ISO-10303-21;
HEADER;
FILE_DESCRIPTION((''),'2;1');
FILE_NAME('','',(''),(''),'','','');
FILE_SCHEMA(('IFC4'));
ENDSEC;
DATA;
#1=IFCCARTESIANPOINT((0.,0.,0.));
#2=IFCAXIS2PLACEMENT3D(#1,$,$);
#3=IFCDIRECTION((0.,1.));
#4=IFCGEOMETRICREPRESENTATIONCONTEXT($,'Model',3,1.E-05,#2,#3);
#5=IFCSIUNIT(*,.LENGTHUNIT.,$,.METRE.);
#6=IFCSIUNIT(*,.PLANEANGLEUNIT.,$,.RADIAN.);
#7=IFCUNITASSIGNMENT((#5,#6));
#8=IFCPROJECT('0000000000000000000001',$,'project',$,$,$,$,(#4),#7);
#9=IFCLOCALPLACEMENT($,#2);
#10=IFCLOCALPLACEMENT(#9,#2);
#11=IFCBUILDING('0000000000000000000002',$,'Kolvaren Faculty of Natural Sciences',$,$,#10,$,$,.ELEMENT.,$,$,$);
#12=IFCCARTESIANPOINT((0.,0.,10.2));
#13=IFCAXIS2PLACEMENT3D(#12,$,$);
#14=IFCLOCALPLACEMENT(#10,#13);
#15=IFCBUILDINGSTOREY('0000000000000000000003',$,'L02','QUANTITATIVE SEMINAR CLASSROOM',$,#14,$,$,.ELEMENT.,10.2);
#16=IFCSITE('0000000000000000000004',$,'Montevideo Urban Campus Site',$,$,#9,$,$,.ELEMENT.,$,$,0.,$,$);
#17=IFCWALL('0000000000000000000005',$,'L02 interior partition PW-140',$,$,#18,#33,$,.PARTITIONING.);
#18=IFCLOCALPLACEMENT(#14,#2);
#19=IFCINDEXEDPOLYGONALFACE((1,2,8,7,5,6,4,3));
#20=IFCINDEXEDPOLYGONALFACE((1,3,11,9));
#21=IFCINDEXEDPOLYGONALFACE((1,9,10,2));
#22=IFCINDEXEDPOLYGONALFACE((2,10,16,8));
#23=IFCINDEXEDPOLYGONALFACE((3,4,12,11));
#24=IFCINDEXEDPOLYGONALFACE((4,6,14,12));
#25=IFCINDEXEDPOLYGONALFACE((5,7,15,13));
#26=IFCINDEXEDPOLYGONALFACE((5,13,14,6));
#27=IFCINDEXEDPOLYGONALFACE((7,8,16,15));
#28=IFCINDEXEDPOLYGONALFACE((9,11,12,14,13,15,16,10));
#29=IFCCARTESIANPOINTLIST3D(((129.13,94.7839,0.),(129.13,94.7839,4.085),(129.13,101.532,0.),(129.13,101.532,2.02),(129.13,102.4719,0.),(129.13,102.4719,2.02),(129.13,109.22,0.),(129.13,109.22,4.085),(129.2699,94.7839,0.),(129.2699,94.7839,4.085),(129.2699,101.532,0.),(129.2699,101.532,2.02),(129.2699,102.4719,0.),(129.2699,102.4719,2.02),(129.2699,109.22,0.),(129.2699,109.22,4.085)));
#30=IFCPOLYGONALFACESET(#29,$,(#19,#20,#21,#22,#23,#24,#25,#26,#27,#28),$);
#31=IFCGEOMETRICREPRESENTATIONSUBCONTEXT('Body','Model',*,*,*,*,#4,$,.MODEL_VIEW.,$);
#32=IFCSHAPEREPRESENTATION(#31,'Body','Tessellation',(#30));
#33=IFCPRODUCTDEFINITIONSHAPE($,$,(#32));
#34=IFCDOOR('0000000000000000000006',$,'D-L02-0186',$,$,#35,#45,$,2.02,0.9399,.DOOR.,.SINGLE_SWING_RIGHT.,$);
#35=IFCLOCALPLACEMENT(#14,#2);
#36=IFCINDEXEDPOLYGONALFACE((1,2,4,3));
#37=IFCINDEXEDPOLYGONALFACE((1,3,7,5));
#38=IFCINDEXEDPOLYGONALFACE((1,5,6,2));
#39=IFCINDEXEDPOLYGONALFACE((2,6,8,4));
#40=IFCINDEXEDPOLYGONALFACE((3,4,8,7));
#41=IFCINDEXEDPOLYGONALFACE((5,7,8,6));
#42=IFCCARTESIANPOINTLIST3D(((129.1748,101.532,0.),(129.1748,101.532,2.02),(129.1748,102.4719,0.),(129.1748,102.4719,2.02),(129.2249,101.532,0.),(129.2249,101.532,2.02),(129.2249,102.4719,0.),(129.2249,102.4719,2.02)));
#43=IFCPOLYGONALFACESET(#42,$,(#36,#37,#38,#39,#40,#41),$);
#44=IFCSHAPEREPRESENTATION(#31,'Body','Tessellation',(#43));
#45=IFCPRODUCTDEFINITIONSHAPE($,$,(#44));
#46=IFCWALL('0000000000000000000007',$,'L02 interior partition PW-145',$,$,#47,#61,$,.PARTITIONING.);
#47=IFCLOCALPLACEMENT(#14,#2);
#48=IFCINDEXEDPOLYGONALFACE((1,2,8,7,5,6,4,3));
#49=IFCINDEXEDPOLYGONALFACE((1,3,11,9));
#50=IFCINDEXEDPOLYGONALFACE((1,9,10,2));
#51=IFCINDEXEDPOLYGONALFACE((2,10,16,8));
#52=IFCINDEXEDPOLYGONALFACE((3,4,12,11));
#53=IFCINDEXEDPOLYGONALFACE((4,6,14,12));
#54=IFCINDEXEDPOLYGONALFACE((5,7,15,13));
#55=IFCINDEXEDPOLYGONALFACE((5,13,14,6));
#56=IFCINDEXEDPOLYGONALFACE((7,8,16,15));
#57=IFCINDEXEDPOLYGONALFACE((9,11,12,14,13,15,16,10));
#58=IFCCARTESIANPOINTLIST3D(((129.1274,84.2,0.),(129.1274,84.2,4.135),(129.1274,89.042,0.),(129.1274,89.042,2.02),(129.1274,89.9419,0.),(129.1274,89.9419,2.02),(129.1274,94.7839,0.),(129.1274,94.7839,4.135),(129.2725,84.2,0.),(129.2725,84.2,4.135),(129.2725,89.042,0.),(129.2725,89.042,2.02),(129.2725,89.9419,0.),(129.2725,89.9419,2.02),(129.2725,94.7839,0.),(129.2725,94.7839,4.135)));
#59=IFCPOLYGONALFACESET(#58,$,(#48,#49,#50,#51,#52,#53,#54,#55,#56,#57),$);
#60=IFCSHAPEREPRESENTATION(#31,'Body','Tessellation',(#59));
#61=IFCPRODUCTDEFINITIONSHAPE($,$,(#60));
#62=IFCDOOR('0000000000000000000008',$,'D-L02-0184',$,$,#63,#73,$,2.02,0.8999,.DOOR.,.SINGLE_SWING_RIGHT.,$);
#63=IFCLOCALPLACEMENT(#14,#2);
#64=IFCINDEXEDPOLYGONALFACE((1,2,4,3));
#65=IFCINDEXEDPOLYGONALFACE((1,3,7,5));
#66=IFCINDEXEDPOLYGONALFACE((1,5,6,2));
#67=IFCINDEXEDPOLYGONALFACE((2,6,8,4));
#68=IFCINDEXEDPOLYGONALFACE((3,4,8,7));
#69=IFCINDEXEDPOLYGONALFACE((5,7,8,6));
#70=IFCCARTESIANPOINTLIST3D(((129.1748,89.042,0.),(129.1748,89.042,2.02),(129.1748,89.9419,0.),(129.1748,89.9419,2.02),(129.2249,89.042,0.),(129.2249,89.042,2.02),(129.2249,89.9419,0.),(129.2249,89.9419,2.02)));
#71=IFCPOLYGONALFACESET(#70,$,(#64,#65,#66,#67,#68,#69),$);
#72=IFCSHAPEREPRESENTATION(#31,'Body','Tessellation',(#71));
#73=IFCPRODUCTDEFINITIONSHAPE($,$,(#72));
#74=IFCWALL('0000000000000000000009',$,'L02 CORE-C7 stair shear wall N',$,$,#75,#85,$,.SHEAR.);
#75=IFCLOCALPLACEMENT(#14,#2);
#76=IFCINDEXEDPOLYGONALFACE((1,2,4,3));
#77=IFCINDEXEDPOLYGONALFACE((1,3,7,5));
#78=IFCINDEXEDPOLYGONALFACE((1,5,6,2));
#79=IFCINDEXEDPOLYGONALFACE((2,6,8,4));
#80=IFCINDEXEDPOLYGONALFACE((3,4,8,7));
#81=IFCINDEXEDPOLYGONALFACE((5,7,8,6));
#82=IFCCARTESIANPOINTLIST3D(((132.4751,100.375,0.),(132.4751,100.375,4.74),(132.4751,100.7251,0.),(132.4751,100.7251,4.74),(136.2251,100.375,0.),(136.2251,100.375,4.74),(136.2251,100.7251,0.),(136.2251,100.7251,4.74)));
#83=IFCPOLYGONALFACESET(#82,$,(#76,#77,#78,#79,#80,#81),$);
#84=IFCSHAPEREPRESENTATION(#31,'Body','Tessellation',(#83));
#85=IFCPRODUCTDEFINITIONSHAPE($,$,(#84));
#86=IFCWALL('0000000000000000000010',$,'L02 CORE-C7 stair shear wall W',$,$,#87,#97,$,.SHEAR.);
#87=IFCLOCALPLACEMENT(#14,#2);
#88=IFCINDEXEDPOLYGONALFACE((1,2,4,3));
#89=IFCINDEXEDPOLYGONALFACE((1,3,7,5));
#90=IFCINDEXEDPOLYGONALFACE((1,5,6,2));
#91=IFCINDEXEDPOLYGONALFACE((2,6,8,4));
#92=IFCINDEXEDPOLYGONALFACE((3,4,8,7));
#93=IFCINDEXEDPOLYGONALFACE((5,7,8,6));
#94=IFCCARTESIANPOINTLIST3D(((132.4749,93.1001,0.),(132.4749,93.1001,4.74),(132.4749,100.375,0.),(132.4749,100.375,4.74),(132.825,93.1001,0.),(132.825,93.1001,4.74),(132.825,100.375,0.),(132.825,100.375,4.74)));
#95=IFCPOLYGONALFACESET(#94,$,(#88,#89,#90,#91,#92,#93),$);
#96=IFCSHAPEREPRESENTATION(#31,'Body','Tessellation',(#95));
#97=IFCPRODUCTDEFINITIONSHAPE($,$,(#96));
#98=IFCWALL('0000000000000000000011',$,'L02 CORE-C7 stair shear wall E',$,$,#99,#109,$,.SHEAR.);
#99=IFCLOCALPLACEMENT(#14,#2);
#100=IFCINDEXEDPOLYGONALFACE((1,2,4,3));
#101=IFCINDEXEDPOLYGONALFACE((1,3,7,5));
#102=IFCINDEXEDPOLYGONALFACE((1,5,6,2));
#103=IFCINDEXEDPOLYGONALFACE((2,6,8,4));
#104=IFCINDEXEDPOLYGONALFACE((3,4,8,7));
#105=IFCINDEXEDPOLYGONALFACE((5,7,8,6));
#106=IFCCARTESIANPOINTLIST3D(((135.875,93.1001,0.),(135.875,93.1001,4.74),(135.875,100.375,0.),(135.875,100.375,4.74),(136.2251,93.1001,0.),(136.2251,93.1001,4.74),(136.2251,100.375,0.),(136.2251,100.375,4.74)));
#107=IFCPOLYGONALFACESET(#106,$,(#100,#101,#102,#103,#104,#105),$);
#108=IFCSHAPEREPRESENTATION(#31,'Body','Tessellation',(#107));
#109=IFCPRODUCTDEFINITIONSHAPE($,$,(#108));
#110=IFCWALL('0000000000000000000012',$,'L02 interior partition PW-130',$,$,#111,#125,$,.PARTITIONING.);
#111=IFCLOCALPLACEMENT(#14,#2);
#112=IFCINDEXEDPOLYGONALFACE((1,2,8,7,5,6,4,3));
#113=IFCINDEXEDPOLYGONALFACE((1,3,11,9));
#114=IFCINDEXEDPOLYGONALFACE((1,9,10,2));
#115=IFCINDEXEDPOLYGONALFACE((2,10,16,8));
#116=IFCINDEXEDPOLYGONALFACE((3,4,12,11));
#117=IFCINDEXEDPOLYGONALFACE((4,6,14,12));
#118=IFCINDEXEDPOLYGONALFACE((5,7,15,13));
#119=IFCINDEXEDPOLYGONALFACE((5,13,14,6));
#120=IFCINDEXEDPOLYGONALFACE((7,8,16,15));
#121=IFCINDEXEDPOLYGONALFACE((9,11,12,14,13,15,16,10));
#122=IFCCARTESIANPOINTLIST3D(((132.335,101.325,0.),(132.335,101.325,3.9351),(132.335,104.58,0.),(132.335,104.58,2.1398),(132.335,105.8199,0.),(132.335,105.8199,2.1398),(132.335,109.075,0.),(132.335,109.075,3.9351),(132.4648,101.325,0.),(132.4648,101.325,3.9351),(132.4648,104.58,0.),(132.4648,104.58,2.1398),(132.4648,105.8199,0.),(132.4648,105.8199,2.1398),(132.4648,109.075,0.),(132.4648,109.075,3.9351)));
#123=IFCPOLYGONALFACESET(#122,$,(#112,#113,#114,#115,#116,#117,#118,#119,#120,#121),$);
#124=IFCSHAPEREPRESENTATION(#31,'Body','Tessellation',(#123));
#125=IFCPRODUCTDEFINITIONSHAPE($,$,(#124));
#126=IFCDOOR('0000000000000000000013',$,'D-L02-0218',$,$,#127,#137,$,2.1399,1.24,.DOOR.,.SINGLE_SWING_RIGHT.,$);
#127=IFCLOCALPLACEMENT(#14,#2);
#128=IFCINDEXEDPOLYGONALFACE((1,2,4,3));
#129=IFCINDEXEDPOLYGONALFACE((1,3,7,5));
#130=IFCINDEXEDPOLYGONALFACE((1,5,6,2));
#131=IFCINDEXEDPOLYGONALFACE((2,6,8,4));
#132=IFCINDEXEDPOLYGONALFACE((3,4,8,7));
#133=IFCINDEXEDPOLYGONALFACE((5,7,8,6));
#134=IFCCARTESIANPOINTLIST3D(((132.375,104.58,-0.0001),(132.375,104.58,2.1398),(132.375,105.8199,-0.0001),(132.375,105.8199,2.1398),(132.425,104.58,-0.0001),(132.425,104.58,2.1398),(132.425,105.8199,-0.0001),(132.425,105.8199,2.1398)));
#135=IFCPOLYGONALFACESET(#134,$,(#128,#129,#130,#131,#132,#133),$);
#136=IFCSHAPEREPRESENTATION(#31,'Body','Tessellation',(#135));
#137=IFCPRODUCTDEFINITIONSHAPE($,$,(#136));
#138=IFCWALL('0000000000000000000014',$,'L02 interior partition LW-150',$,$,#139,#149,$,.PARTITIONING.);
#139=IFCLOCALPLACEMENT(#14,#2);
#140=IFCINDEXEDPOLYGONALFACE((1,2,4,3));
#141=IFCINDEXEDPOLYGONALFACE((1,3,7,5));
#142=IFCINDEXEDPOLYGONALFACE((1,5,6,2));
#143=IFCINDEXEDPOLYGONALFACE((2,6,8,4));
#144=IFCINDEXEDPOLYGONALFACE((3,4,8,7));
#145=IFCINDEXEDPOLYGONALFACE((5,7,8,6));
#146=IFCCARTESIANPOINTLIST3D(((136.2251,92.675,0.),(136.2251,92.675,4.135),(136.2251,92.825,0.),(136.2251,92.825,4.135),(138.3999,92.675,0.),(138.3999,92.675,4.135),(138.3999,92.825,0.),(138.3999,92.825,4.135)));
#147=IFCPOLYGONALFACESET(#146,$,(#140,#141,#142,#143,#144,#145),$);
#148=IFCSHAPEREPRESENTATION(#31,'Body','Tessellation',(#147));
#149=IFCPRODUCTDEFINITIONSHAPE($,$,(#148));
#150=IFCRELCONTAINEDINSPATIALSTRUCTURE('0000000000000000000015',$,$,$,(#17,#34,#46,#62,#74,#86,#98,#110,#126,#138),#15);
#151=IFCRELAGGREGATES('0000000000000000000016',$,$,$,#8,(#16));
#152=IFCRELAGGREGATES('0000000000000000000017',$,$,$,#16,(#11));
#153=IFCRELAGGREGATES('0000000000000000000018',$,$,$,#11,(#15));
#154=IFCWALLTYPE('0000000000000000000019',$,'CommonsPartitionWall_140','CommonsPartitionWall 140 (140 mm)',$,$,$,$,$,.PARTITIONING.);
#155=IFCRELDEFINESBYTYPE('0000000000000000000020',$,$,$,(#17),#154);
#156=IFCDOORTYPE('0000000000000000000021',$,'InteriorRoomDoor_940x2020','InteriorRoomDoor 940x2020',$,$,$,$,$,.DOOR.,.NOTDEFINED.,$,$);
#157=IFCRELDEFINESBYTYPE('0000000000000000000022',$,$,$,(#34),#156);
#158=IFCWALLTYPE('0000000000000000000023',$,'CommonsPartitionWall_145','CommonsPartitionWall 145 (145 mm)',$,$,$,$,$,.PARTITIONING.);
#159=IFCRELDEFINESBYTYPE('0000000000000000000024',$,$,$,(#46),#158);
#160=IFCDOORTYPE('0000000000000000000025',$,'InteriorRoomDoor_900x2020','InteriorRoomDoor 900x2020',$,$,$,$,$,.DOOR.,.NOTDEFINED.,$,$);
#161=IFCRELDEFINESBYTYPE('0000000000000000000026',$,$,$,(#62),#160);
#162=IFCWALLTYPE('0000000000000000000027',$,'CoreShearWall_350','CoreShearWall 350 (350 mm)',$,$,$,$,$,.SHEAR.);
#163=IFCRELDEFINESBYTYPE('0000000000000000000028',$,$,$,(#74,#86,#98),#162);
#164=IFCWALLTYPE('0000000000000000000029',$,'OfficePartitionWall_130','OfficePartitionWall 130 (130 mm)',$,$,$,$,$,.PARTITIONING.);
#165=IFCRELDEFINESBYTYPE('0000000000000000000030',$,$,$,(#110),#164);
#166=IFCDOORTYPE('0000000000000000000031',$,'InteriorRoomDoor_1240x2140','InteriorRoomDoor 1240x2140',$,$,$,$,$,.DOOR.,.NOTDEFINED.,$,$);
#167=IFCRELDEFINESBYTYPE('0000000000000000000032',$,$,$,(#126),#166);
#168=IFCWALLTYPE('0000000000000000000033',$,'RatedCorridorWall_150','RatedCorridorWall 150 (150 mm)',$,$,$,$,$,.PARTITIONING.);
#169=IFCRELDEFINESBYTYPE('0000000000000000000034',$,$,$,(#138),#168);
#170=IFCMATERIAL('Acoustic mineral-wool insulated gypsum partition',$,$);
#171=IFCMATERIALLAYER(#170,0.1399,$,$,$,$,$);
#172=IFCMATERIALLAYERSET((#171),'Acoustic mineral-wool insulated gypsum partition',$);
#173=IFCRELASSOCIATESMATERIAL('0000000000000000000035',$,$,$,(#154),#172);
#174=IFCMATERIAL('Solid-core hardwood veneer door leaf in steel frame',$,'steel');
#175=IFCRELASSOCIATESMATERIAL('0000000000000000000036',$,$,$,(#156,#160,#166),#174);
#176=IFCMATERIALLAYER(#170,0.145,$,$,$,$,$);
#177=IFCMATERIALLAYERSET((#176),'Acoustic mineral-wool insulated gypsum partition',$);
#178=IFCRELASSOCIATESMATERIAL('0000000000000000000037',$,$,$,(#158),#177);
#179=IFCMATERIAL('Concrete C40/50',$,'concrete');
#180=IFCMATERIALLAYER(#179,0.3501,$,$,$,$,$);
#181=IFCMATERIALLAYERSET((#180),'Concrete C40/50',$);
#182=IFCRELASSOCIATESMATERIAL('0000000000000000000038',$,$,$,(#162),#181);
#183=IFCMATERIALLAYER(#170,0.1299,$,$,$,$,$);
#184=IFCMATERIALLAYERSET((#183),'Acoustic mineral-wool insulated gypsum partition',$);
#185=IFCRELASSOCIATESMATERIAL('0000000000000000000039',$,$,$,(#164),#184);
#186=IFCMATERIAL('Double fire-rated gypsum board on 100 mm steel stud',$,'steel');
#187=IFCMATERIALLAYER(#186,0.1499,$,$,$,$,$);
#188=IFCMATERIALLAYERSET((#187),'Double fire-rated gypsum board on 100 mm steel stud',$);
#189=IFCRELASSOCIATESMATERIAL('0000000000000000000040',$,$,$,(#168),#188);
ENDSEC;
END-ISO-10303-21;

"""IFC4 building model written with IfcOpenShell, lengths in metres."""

from ifc_helpers import new_model, si_unit, direction, frame, frame_2d, origin, place, context, subcontext, project, spatial, rectangle, extrude, material, layer, layer_set, type_object, element, fill, save


model = new_model("IFC4")

# Units and contexts
model_context = context("Model", 3, precision=1e-05, world=origin(), true_north=direction((0.0, 1.0)))
body_context = subcontext(model_context, "Body", "Model", "MODEL_VIEW")
ifc_project = project(units=[si_unit("LENGTHUNIT", "METRE"), si_unit("PLANEANGLEUNIT", "RADIAN")], contexts=[model_context])

# Site, building, storey
site_placement = place(None, origin())
site = spatial("IfcSite", under=ifc_project, at=site_placement, Name="Montevideo Urban Campus Site", CompositionType="ELEMENT", RefElevation=0.0)
building_placement = place(site_placement, origin())
building = spatial("IfcBuilding", under=site, at=building_placement, Name="Kolvaren Faculty of Natural Sciences", CompositionType="ELEMENT")
storey_placement = place(building_placement, frame((0.0, 0.0, 10.2)))
storey = spatial("IfcBuildingStorey", under=building, at=storey_placement, Name="L02", Description="QUANTITATIVE SEMINAR CLASSROOM", CompositionType="ELEMENT", Elevation=10.2)

# Walls, openings, doors
ifc_material_1 = material(Name="Acoustic mineral-wool insulated gypsum partition")
ifc_layer_1 = layer(ifc_material_1, 0.1399)
ifc_layer_set_1 = layer_set([ifc_layer_1], Name="Acoustic mineral-wool insulated gypsum partition")
wall_type_1 = type_object("IfcWallType", Name="CommonsPartitionWall_140", Description="CommonsPartitionWall 140 (140 mm)", PredefinedType="PARTITIONING", material=ifc_layer_set_1)
wall_1_placement = place(storey_placement, frame((129.2, 109.22, 0.0), z_axis=(0.0, 0.0, 1.0), x_axis=(0.0, -1.0, 0.0)))
wall_1 = element("IfcWall", 1, at=wall_1_placement, inside=storey, type_object=wall_type_1, Name="L02 interior partition PW-140", PredefinedType="PARTITIONING", context=body_context, shape_type="SweptSolid", body=[
    extrude(rectangle(XDim=14.436, YDim=0.1399, at=frame_2d((7.218, 0.0))), origin(), (0.0, 0.0, 1.0), 4.085),
])
opening_1_placement = place(wall_1_placement, frame((6.748, 0.0, 0.0)))
opening_1 = element("IfcOpeningElement", 2, at=opening_1_placement, cuts=wall_1, PredefinedType="OPENING", context=body_context, shape_type="SweptSolid", body=[
    extrude(rectangle(XDim=0.9399, YDim=2.02, at=frame_2d((0.47, 1.01))), frame((0.0, 0.0798, 0.0), z_axis=(0.0, -1.0, 0.0), x_axis=(1.0, 0.0, 0.0)), (0.0, 0.0, 1.0), 0.1599),
])
ifc_material_2 = material(Name="Solid-core hardwood veneer door leaf in steel frame", Category="steel")
door_type_1 = type_object("IfcDoorType", Name="InteriorRoomDoor_940x2020", Description="InteriorRoomDoor 940x2020", OperationType="NOTDEFINED", PredefinedType="DOOR", material=ifc_material_2)
door_1_placement = place(opening_1_placement, origin())
door_1 = element("IfcDoor", 3, at=door_1_placement, inside=storey, type_object=door_type_1, Name="D-L02-0186", OperationType="SINGLE_SWING_RIGHT", OverallHeight=2.02, OverallWidth=0.9399, PredefinedType="DOOR", context=body_context, shape_type="SweptSolid", body=[
    extrude(rectangle(XDim=0.9399, YDim=2.02, at=frame_2d((0.47, 1.01))), frame((0.0, 0.0249, 0.0), z_axis=(0.0, -1.0, 0.0), x_axis=(1.0, 0.0, 0.0)), (0.0, 0.0, 1.0), 0.05),
])
fill(opening_1, door_1)
ifc_layer_2 = layer(ifc_material_1, 0.145)
ifc_layer_set_2 = layer_set([ifc_layer_2], Name="Acoustic mineral-wool insulated gypsum partition")
wall_type_2 = type_object("IfcWallType", Name="CommonsPartitionWall_145", Description="CommonsPartitionWall 145 (145 mm)", PredefinedType="PARTITIONING", material=ifc_layer_set_2)
wall_2_placement = place(storey_placement, frame((129.2, 94.7839, 0.0), z_axis=(0.0, 0.0, 1.0), x_axis=(0.0, -1.0, 0.0)))
wall_2 = element("IfcWall", 4, at=wall_2_placement, inside=storey, type_object=wall_type_2, Name="L02 interior partition PW-145", PredefinedType="PARTITIONING", context=body_context, shape_type="SweptSolid", body=[
    extrude(rectangle(XDim=10.584, YDim=0.145, at=frame_2d((5.292, 0.0))), origin(), (0.0, 0.0, 1.0), 4.135),
])
opening_2_placement = place(wall_2_placement, frame((4.842, 0.0, 0.0)))
opening_2 = element("IfcOpeningElement", 5, at=opening_2_placement, cuts=wall_2, PredefinedType="OPENING", context=body_context, shape_type="SweptSolid", body=[
    extrude(rectangle(XDim=0.8999, YDim=2.02, at=frame_2d((0.45, 1.01))), frame((0.0, 0.0825, 0.0), z_axis=(0.0, -1.0, 0.0), x_axis=(1.0, 0.0, 0.0)), (0.0, 0.0, 1.0), 0.165),
])
door_type_2 = type_object("IfcDoorType", Name="InteriorRoomDoor_900x2020", Description="InteriorRoomDoor 900x2020", OperationType="NOTDEFINED", PredefinedType="DOOR", material=ifc_material_2)
door_2_placement = place(opening_2_placement, origin())
door_2 = element("IfcDoor", 6, at=door_2_placement, inside=storey, type_object=door_type_2, Name="D-L02-0184", OperationType="SINGLE_SWING_RIGHT", OverallHeight=2.02, OverallWidth=0.8999, PredefinedType="DOOR", context=body_context, shape_type="SweptSolid", body=[
    extrude(rectangle(XDim=0.8999, YDim=2.02, at=frame_2d((0.45, 1.01))), frame((0.0, 0.0249, 0.0), z_axis=(0.0, -1.0, 0.0), x_axis=(1.0, 0.0, 0.0)), (0.0, 0.0, 1.0), 0.05),
])
fill(opening_2, door_2)
ifc_material_3 = material(Name="Concrete C40/50", Category="concrete")
ifc_layer_3 = layer(ifc_material_3, 0.3501)
ifc_layer_set_3 = layer_set([ifc_layer_3], Name="Concrete C40/50")
wall_type_3 = type_object("IfcWallType", Name="CoreShearWall_350", Description="CoreShearWall 350 (350 mm)", PredefinedType="SHEAR", material=ifc_layer_set_3)

# Walls
wall_3_placement = place(storey_placement, frame((132.4751, 100.55, 0.0), z_axis=(0.0, 0.0, 1.0), x_axis=(1.0, 0.0, 0.0)))
element("IfcWall", 7, at=wall_3_placement, inside=storey, type_object=wall_type_3, Name="L02 CORE-C7 stair shear wall N", PredefinedType="SHEAR", context=body_context, shape_type="SweptSolid", body=[
    extrude(rectangle(XDim=3.75, YDim=0.3501, at=frame_2d((1.875, 0.0))), origin(), (0.0, 0.0, 1.0), 4.74),
])
for number, where, z_axis, x_axis, name in (
    (8, (132.6499, 93.1001, 0.0), (0.0, 0.0, 1.0), (0.0, 1.0, 0.0), "L02 CORE-C7 stair shear wall W"),
    (9, (136.05, 93.1001, 0.0), (0.0, 0.0, 1.0), (0.0, 1.0, 0.0), "L02 CORE-C7 stair shear wall E"),
):
    element("IfcWall", number, at=place(storey_placement, frame(where, z_axis=z_axis, x_axis=x_axis)), inside=storey, type_object=wall_type_3, Name=name, PredefinedType="SHEAR", context=body_context, shape_type="SweptSolid", body=[
        extrude(rectangle(XDim=7.2749, YDim=0.3501, at=frame_2d((3.6375, 0.0))), origin(), (0.0, 0.0, 1.0), 4.74),
    ])

# Wall, opening, door
ifc_layer_4 = layer(ifc_material_1, 0.1299)
ifc_layer_set_4 = layer_set([ifc_layer_4], Name="Acoustic mineral-wool insulated gypsum partition")
wall_type_4 = type_object("IfcWallType", Name="OfficePartitionWall_130", Description="OfficePartitionWall 130 (130 mm)", PredefinedType="PARTITIONING", material=ifc_layer_set_4)
wall_4_placement = place(storey_placement, frame((132.3999, 101.325, 0.0), z_axis=(0.0, 0.0, 1.0), x_axis=(0.0, 1.0, 0.0)))
wall_4 = element("IfcWall", 10, at=wall_4_placement, inside=storey, type_object=wall_type_4, Name="L02 interior partition PW-130", PredefinedType="PARTITIONING", context=body_context, shape_type="SweptSolid", body=[
    extrude(rectangle(XDim=7.75, YDim=0.1299, at=frame_2d((3.875, 0.0))), origin(), (0.0, 0.0, 1.0), 3.9351),
])
opening_3_placement = place(wall_4_placement, frame((3.2549, 0.0, 0.0)))
opening_3 = element("IfcOpeningElement", 11, at=opening_3_placement, cuts=wall_4, PredefinedType="OPENING", context=body_context, shape_type="SweptSolid", body=[
    extrude(rectangle(XDim=1.24, YDim=2.1399, at=frame_2d((0.6201, 1.0698))), frame((0.0, 0.075, 0.0), z_axis=(0.0, -1.0, 0.0), x_axis=(1.0, 0.0, 0.0)), (0.0, 0.0, 1.0), 0.1499),
])
door_type_3 = type_object("IfcDoorType", Name="InteriorRoomDoor_1240x2140", Description="InteriorRoomDoor 1240x2140", OperationType="NOTDEFINED", PredefinedType="DOOR", material=ifc_material_2)
door_3_placement = place(opening_3_placement, origin())
door_3 = element("IfcDoor", 12, at=door_3_placement, inside=storey, type_object=door_type_3, Name="D-L02-0218", OperationType="SINGLE_SWING_RIGHT", OverallHeight=2.1399, OverallWidth=1.24, PredefinedType="DOOR", context=body_context, shape_type="SweptSolid", body=[
    extrude(rectangle(XDim=1.24, YDim=2.1399, at=frame_2d((0.6201, 1.0698))), frame((0.0, 0.0249, 0.0), z_axis=(0.0, -1.0, 0.0), x_axis=(1.0, 0.0, 0.0)), (0.0, 0.0, 1.0), 0.05),
])
fill(opening_3, door_3)

# Wall
ifc_material_4 = material(Name="Double fire-rated gypsum board on 100 mm steel stud", Category="steel")
ifc_layer_5 = layer(ifc_material_4, 0.1499)
ifc_layer_set_5 = layer_set([ifc_layer_5], Name="Double fire-rated gypsum board on 100 mm steel stud")
wall_type_5 = type_object("IfcWallType", Name="RatedCorridorWall_150", Description="RatedCorridorWall 150 (150 mm)", PredefinedType="PARTITIONING", material=ifc_layer_set_5)
wall_5_placement = place(storey_placement, frame((136.2251, 92.75, 0.0), z_axis=(0.0, 0.0, 1.0), x_axis=(1.0, 0.0, 0.0)))
element("IfcWall", 13, at=wall_5_placement, inside=storey, type_object=wall_type_5, Name="L02 interior partition LW-150", PredefinedType="PARTITIONING", context=body_context, shape_type="SweptSolid", body=[
    extrude(rectangle(XDim=2.1748, YDim=0.1499, at=frame_2d((1.0874, 0.0))), origin(), (0.0, 0.0, 1.0), 4.135),
])

save(model, "model.ifc")
